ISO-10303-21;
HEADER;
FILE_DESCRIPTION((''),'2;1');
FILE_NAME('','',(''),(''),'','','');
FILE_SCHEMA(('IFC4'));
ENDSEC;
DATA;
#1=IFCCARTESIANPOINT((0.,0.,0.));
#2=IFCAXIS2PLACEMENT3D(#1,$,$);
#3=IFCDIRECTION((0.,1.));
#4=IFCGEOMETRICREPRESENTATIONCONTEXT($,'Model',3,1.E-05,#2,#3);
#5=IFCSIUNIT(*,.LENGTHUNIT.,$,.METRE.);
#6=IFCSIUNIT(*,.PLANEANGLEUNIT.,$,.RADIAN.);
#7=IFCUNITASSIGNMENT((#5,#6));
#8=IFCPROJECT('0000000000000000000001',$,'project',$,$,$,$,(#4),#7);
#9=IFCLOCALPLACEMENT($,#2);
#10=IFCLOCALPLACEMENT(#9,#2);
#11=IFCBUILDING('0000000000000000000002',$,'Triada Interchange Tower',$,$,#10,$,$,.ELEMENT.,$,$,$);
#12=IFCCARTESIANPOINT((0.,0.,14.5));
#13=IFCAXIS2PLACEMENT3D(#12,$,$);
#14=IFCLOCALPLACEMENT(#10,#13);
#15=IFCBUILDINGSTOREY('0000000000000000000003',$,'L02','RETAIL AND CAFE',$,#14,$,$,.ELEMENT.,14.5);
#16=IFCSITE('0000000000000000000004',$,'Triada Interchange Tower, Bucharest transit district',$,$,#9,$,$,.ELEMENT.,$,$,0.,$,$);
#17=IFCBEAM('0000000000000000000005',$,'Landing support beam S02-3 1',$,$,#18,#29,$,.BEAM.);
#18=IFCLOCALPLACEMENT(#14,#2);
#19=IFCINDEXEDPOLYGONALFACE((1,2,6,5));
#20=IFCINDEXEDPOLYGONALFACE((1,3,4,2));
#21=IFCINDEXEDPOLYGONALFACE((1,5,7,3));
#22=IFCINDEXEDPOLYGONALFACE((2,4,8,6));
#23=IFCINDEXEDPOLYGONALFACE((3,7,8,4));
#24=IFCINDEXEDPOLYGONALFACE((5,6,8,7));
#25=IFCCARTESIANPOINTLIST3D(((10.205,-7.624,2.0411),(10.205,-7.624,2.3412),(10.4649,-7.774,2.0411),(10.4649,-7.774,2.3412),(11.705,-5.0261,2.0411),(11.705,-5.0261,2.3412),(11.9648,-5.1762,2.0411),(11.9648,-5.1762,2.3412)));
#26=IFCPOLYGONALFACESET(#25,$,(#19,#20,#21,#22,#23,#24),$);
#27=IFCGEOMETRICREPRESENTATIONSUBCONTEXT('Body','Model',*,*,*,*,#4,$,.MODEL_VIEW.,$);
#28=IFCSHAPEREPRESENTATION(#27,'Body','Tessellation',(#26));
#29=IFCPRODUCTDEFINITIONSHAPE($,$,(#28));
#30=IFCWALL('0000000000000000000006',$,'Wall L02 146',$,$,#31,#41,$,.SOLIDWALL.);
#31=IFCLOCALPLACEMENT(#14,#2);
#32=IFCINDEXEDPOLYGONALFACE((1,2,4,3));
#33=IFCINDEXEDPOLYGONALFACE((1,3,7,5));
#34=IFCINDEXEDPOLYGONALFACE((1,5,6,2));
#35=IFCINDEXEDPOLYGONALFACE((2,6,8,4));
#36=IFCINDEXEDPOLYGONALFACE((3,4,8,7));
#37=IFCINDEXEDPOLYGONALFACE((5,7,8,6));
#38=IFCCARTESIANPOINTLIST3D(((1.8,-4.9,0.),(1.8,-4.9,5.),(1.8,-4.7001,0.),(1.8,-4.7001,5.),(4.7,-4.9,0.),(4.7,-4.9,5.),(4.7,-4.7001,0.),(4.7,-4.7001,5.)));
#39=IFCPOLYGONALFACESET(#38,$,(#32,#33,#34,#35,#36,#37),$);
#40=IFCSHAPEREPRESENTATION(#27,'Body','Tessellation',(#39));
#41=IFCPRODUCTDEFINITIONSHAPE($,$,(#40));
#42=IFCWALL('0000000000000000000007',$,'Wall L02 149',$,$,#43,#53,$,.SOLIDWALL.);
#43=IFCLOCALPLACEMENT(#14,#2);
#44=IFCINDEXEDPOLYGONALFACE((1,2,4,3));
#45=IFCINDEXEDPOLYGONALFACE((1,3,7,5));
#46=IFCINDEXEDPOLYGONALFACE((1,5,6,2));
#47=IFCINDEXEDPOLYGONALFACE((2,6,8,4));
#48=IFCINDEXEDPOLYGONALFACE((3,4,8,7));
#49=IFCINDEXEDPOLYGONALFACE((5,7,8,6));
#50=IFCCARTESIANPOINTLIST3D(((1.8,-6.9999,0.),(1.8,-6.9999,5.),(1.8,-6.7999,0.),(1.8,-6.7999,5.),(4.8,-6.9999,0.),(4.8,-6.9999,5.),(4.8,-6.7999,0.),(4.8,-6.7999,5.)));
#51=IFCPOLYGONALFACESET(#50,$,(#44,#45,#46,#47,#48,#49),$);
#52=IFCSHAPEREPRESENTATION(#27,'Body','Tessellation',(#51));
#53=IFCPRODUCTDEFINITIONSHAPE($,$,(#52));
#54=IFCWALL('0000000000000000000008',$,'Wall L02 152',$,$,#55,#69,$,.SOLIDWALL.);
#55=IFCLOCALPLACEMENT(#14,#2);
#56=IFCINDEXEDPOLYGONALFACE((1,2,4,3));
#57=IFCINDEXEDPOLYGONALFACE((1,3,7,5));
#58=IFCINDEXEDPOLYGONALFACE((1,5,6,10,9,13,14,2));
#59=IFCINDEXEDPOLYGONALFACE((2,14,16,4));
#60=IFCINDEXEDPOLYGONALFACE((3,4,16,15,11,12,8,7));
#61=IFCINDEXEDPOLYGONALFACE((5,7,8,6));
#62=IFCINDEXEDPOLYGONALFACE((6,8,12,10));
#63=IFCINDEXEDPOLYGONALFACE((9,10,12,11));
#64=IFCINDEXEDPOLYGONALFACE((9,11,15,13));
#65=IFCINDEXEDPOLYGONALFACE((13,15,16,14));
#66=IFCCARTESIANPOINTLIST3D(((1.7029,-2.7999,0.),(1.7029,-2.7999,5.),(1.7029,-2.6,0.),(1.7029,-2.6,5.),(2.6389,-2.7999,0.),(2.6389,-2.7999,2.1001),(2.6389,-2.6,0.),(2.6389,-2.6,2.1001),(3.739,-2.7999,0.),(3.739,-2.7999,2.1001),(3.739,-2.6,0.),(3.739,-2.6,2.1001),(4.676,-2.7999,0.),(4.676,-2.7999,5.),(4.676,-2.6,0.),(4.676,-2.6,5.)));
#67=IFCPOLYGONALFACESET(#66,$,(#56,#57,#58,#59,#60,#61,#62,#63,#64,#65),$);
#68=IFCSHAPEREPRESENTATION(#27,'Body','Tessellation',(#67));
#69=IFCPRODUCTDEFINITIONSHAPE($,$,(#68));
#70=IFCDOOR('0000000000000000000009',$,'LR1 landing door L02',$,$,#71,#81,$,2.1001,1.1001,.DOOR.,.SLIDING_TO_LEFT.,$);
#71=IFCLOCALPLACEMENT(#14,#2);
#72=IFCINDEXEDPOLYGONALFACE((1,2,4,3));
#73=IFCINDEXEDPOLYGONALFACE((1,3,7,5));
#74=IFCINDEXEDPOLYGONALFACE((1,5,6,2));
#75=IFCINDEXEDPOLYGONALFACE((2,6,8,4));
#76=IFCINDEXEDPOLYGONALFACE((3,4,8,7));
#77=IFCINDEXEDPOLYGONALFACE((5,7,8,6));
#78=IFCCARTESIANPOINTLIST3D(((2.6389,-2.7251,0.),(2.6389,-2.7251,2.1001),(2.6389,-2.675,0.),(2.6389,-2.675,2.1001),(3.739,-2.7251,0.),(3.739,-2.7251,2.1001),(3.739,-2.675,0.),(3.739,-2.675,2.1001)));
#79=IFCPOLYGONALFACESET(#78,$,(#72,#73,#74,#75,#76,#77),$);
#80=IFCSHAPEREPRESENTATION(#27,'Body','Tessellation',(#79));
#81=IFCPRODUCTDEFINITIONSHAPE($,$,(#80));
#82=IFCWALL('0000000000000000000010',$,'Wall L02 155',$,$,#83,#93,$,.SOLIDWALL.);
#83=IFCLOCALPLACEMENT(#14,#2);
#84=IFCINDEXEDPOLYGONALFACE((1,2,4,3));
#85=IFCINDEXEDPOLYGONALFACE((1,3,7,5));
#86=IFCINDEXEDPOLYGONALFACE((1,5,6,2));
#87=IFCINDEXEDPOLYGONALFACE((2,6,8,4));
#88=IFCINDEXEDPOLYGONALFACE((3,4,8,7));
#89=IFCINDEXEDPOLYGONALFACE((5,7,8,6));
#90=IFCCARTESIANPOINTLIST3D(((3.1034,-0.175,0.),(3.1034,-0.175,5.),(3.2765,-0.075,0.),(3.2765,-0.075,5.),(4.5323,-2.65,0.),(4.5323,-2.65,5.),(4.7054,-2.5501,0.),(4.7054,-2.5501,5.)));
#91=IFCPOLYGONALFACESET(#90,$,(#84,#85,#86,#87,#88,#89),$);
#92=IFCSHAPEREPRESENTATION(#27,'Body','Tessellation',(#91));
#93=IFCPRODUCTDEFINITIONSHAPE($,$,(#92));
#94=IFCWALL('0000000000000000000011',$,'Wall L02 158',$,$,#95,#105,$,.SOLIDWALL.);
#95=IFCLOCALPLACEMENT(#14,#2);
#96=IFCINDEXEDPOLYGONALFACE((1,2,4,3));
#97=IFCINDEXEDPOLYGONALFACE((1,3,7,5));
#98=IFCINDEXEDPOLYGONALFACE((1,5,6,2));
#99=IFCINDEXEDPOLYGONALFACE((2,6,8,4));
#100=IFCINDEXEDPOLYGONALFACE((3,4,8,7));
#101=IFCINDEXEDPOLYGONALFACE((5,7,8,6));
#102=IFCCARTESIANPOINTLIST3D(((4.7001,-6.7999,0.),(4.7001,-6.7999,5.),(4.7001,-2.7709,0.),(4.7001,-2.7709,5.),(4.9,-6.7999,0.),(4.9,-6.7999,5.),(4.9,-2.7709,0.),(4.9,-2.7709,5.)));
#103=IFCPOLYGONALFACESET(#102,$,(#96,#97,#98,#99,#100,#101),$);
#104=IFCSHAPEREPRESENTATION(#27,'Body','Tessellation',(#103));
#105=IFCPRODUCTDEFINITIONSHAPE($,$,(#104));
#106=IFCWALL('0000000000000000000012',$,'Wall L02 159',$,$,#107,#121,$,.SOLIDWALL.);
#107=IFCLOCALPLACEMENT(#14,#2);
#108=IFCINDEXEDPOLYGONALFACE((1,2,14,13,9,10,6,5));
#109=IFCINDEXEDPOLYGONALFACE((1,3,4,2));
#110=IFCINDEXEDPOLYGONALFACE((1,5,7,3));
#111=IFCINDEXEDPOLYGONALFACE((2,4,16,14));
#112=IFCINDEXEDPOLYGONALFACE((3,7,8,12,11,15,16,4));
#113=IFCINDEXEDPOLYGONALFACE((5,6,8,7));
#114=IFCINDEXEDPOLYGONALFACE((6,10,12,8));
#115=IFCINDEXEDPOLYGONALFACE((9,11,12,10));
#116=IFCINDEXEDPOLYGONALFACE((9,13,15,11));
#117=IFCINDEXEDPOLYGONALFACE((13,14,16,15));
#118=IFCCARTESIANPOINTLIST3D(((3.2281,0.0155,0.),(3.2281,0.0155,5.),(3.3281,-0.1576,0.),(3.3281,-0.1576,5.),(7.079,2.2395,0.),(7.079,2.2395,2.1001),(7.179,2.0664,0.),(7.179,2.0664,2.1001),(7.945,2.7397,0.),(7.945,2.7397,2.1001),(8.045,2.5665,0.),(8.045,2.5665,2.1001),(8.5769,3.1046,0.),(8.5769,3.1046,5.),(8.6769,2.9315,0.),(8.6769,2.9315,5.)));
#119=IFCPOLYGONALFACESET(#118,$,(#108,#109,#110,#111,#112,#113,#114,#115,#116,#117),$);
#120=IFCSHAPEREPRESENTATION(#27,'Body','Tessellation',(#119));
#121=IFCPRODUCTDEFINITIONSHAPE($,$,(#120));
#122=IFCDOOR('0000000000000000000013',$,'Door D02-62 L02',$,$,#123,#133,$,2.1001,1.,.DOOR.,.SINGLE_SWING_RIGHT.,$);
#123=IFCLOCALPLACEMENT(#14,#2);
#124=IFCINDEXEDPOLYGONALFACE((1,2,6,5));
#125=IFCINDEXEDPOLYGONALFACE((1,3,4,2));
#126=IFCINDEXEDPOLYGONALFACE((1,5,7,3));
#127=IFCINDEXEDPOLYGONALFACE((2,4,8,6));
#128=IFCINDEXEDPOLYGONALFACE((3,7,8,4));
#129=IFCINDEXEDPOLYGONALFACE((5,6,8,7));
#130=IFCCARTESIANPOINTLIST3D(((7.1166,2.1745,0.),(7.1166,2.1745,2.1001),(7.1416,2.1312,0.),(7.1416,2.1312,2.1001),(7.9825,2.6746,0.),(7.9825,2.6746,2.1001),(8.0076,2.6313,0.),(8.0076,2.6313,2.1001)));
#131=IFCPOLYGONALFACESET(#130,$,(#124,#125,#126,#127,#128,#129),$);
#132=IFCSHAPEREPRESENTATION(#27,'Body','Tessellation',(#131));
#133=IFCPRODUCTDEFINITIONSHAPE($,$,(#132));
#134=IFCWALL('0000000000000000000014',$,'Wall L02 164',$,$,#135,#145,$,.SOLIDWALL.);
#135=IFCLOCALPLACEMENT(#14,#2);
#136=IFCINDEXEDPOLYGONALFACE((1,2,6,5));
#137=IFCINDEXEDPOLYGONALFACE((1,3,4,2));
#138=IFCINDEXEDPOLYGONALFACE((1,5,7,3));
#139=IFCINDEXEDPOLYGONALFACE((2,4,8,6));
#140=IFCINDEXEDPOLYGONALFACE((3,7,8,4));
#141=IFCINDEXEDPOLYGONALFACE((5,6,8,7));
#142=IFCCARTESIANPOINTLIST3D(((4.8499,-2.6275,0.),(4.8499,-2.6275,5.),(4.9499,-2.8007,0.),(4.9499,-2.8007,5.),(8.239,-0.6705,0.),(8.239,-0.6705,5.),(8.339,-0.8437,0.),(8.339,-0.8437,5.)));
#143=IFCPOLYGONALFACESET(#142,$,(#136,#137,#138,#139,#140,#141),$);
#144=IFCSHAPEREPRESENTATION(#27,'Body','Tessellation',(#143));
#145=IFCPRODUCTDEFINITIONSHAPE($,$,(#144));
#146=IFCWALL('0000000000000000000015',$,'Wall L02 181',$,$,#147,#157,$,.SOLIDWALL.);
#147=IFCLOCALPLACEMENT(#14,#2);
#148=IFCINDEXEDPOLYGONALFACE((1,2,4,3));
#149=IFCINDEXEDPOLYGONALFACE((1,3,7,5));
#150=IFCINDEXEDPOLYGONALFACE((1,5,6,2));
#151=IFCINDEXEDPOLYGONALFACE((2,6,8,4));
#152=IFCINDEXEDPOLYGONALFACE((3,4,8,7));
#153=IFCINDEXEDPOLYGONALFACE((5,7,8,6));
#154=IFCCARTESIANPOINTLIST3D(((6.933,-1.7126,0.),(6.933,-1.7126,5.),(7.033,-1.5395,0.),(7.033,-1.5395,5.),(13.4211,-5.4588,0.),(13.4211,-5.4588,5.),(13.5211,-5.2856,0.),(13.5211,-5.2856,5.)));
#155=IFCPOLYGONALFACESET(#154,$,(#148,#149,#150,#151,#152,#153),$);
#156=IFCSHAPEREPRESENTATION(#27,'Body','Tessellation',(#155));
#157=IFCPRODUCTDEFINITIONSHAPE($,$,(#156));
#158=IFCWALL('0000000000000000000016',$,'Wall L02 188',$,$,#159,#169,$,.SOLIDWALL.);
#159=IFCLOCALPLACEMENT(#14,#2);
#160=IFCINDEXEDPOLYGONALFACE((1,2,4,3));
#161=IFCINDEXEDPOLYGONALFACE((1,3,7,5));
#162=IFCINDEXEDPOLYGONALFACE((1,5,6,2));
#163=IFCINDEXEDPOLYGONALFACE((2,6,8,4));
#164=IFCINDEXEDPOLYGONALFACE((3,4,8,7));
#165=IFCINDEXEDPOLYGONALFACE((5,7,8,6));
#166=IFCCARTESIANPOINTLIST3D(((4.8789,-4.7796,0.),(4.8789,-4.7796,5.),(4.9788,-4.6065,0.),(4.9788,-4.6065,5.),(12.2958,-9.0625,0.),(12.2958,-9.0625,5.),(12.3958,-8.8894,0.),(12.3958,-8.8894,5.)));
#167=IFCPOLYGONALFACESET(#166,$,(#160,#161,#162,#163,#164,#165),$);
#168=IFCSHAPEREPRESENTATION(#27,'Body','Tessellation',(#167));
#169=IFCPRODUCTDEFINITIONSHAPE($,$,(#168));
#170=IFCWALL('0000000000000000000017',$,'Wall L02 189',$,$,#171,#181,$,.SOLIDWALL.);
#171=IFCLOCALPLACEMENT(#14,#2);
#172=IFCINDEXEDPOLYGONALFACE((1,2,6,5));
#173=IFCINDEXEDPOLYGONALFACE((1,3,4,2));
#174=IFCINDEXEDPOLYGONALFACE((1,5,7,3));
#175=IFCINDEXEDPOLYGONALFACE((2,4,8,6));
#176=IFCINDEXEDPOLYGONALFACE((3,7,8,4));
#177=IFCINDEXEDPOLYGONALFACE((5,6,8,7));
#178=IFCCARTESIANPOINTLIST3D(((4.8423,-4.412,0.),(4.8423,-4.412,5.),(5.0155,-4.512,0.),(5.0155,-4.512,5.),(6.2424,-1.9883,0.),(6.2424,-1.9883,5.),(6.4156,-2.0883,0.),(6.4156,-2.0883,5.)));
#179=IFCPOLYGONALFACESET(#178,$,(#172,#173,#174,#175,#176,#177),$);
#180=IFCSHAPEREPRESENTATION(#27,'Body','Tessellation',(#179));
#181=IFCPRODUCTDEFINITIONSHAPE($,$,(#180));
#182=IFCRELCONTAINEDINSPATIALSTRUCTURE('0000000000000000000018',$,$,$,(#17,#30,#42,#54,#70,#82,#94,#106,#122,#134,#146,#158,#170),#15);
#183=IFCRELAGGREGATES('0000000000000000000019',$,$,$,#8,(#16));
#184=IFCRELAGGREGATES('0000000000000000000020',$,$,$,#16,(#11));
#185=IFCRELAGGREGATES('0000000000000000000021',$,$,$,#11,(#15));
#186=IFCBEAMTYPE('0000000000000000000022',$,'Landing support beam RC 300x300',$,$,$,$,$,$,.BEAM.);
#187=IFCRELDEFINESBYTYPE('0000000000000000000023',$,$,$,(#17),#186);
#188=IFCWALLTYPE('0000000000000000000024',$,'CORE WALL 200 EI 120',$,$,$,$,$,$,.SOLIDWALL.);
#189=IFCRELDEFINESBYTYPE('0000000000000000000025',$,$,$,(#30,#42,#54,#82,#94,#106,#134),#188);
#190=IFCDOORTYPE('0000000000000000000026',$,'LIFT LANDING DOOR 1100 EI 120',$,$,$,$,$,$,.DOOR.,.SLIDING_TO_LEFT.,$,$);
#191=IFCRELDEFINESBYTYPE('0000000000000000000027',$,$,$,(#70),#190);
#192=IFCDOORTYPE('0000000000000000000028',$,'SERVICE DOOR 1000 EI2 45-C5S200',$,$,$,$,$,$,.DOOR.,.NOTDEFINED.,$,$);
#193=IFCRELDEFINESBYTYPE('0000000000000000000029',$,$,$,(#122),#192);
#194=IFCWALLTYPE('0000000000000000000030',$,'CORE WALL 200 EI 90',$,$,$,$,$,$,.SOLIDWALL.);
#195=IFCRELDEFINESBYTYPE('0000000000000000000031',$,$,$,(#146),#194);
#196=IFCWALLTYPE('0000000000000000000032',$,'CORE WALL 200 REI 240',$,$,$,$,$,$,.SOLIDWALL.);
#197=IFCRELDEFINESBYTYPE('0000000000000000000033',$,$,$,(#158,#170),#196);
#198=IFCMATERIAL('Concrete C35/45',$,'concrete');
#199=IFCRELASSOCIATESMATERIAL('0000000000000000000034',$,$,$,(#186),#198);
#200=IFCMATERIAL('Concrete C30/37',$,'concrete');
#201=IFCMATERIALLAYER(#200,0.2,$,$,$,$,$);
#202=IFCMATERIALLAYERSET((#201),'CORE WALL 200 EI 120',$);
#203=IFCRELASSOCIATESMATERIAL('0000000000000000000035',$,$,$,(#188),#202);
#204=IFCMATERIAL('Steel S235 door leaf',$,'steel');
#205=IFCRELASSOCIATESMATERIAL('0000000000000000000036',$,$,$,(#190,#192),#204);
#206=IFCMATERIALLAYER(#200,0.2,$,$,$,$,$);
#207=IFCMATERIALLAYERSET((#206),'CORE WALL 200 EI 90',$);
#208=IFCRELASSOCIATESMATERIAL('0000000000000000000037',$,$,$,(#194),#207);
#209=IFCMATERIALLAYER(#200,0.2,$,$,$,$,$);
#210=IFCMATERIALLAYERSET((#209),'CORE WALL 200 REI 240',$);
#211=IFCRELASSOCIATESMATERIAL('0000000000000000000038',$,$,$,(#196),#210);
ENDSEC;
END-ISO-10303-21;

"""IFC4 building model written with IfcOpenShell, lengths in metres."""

from ifc_helpers import new_model, si_unit, direction, frame, frame_2d, origin, origin_2d, place, context, subcontext, project, spatial, rectangle, extrude, material, layer, layer_set, material_profile, profile_set, type_object, element, fill, save


model = new_model("IFC4")

# Units and contexts
model_context = context("Model", 3, precision=1e-05, world=origin(), true_north=direction((0.0, 1.0)))
body_context = subcontext(model_context, "Body", "Model", "MODEL_VIEW")
ifc_project = project(units=[si_unit("LENGTHUNIT", "METRE"), si_unit("PLANEANGLEUNIT", "RADIAN")], contexts=[model_context])

# Site, building, storey
site_placement = place(None, origin())
site = spatial("IfcSite", under=ifc_project, at=site_placement, Name="Triada Interchange Tower, Bucharest transit district", CompositionType="ELEMENT", RefElevation=0.0)
building_placement = place(site_placement, origin())
building = spatial("IfcBuilding", under=site, at=building_placement, Name="Triada Interchange Tower", CompositionType="ELEMENT")
storey_placement = place(building_placement, frame((0.0, 0.0, 14.5)))
storey = spatial("IfcBuildingStorey", under=building, at=storey_placement, Name="L02", Description="RETAIL AND CAFE", CompositionType="ELEMENT", Elevation=14.5)

# Beam
ifc_material_1 = material(Name="Concrete C35/45", Category="concrete")
ifc_material_profile = material_profile(ifc_material_1, rectangle(XDim=0.3, YDim=0.3, at=origin_2d()), Name="RC 300x300")
ifc_profile_set = profile_set([ifc_material_profile], Name="Concrete C35/45")
beam_type = type_object("IfcBeamType", Name="Landing support beam RC 300x300", PredefinedType="BEAM", material=ifc_profile_set)
beam_placement = place(storey_placement, frame((10.335, -7.699, 2.1912), z_axis=(0.500025, 0.866011, 0.0), x_axis=(-0.866011, 0.500025, 0.0)))
element("IfcBeam", 1, at=beam_placement, inside=storey, type_object=beam_type, Name="Landing support beam S02-3 1", PredefinedType="BEAM", context=body_context, shape_type="SweptSolid", body=[
    extrude(rectangle(XDim=0.3, YDim=0.3, at=origin_2d()), origin(), (0.0, 0.0, 1.0), 2.9998),
])

# Walls
ifc_material_2 = material(Name="Concrete C30/37", Category="concrete")
ifc_layer_1 = layer(ifc_material_2, 0.2)
ifc_layer_set_1 = layer_set([ifc_layer_1], Name="CORE WALL 200 EI 120")
wall_type_1 = type_object("IfcWallType", Name="CORE WALL 200 EI 120", PredefinedType="SOLIDWALL", material=ifc_layer_set_1)
wall_1_placement = place(storey_placement, frame((1.8, -4.8, 0.0), z_axis=(0.0, 0.0, 1.0), x_axis=(1.0, 0.0, 0.0)))
element("IfcWall", 2, at=wall_1_placement, inside=storey, type_object=wall_type_1, Name="Wall L02 146", PredefinedType="SOLIDWALL", context=body_context, shape_type="SweptSolid", body=[
    extrude(rectangle(XDim=2.8999, YDim=0.2, at=frame_2d((1.45, 0.0))), origin(), (0.0, 0.0, 1.0), 5.0),
])
wall_2_placement = place(storey_placement, frame((1.8, -6.8999, 0.0), z_axis=(0.0, 0.0, 1.0), x_axis=(1.0, 0.0, 0.0)))
element("IfcWall", 3, at=wall_2_placement, inside=storey, type_object=wall_type_1, Name="Wall L02 149", PredefinedType="SOLIDWALL", context=body_context, shape_type="SweptSolid", body=[
    extrude(rectangle(XDim=3.0, YDim=0.2, at=frame_2d((1.5, 0.0))), origin(), (0.0, 0.0, 1.0), 5.0),
])

# Wall, opening, door
wall_3_placement = place(storey_placement, frame((1.7029, -2.7, 0.0), z_axis=(0.0, 0.0, 1.0), x_axis=(1.0, 0.0, 0.0)))
wall_3 = element("IfcWall", 4, at=wall_3_placement, inside=storey, type_object=wall_type_1, Name="Wall L02 152", PredefinedType="SOLIDWALL", context=body_context, shape_type="SweptSolid", body=[
    extrude(rectangle(XDim=2.9731, YDim=0.2, at=frame_2d((1.4866, 0.0))), origin(), (0.0, 0.0, 1.0), 5.0),
])
opening_1_placement = place(wall_3_placement, frame((0.936, 0.0, 0.0)))
opening_1 = element("IfcOpeningElement", 5, at=opening_1_placement, cuts=wall_3, PredefinedType="OPENING", context=body_context, shape_type="SweptSolid", body=[
    extrude(rectangle(XDim=1.1001, YDim=2.1001, at=frame_2d((0.55, 1.05))), frame((0.0, 0.1099, 0.0), z_axis=(0.0, -1.0, 0.0), x_axis=(1.0, 0.0, 0.0)), (0.0, 0.0, 1.0), 0.22),
])
ifc_material_3 = material(Name="Steel S235 door leaf", Category="steel")
door_type_1 = type_object("IfcDoorType", Name="LIFT LANDING DOOR 1100 EI 120", OperationType="SLIDING_TO_LEFT", PredefinedType="DOOR", material=ifc_material_3)
door_1_placement = place(opening_1_placement, origin())
door_1 = element("IfcDoor", 6, at=door_1_placement, inside=storey, type_object=door_type_1, Name="LR1 landing door L02", OperationType="SLIDING_TO_LEFT", OverallHeight=2.1001, OverallWidth=1.1001, PredefinedType="DOOR", context=body_context, shape_type="SweptSolid", body=[
    extrude(rectangle(XDim=1.1001, YDim=2.1001, at=frame_2d((0.55, 1.05))), frame((0.0, 0.0249, 0.0), z_axis=(0.0, -1.0, 0.0), x_axis=(1.0, 0.0, 0.0)), (0.0, 0.0, 1.0), 0.05),
])
fill(opening_1, door_1)

# Walls
wall_4_placement = place(storey_placement, frame((3.1899, -0.125, 0.0), z_axis=(0.0, 0.0, 1.0), x_axis=(0.499989, -0.866032, 0.0)))
element("IfcWall", 7, at=wall_4_placement, inside=storey, type_object=wall_type_1, Name="Wall L02 155", PredefinedType="SOLIDWALL", context=body_context, shape_type="SweptSolid", body=[
    extrude(rectangle(XDim=2.8579, YDim=0.2, at=frame_2d((1.429, 0.0))), origin(), (0.0, 0.0, 1.0), 5.0),
])
wall_5_placement = place(storey_placement, frame((4.8, -6.8, 0.0), z_axis=(0.0, 0.0, 1.0), x_axis=(0.0, 1.0, 0.0)))
element("IfcWall", 8, at=wall_5_placement, inside=storey, type_object=wall_type_1, Name="Wall L02 158", PredefinedType="SOLIDWALL", context=body_context, shape_type="SweptSolid", body=[
    extrude(rectangle(XDim=4.0291, YDim=0.2, at=frame_2d((2.0146, 0.0))), origin(), (0.0, 0.0, 1.0), 5.0),
])

# Wall, opening, door
wall_6_placement = place(storey_placement, frame((3.2781, -0.071, 0.0), z_axis=(0.0, 0.0, 1.0), x_axis=(0.86596, 0.500114, 0.0)))
wall_6 = element("IfcWall", 9, at=wall_6_placement, inside=storey, type_object=wall_type_1, Name="Wall L02 159", PredefinedType="SOLIDWALL", context=body_context, shape_type="SweptSolid", body=[
    extrude(rectangle(XDim=6.1768, YDim=0.2, at=frame_2d((3.0884, 0.0))), origin(), (0.0, 0.0, 1.0), 5.0),
])
opening_2_placement = place(wall_6_placement, frame((4.447, 0.0, 0.0)))
opening_2 = element("IfcOpeningElement", 10, at=opening_2_placement, cuts=wall_6, PredefinedType="OPENING", context=body_context, shape_type="SweptSolid", body=[
    extrude(rectangle(XDim=1.0, YDim=2.1001, at=frame_2d((0.5, 1.05))), frame((0.0, 0.1099, 0.0), z_axis=(0.0, -1.0, 0.0), x_axis=(1.0, 0.0, 0.0)), (0.0, 0.0, 1.0), 0.22),
])
door_type_2 = type_object("IfcDoorType", Name="SERVICE DOOR 1000 EI2 45-C5S200", OperationType="NOTDEFINED", PredefinedType="DOOR", material=ifc_material_3)
door_2_placement = place(opening_2_placement, origin())
door_2 = element("IfcDoor", 11, at=door_2_placement, inside=storey, type_object=door_type_2, Name="Door D02-62 L02", OperationType="SINGLE_SWING_RIGHT", OverallHeight=2.1001, OverallWidth=1.0, PredefinedType="DOOR", context=body_context, shape_type="SweptSolid", body=[
    extrude(rectangle(XDim=1.0, YDim=2.1001, at=frame_2d((0.5, 1.05))), frame((0.0, 0.0249, 0.0), z_axis=(0.0, -1.0, 0.0), x_axis=(1.0, 0.0, 0.0)), (0.0, 0.0, 1.0), 0.05),
])
fill(opening_2, door_2)

# Walls
wall_7_placement = place(storey_placement, frame((4.8999, -2.7141, 0.0), z_axis=(0.0, 0.0, 1.0), x_axis=(0.865992, 0.500057, 0.0)))
element("IfcWall", 12, at=wall_7_placement, inside=storey, type_object=wall_type_1, Name="Wall L02 164", PredefinedType="SOLIDWALL", context=body_context, shape_type="SweptSolid", body=[
    extrude(rectangle(XDim=3.9136, YDim=0.2, at=frame_2d((1.9568, 0.0))), origin(), (0.0, 0.0, 1.0), 5.0),
])
ifc_layer_2 = layer(ifc_material_2, 0.2)
ifc_layer_set_2 = layer_set([ifc_layer_2], Name="CORE WALL 200 EI 90")
wall_type_2 = type_object("IfcWallType", Name="CORE WALL 200 EI 90", PredefinedType="SOLIDWALL", material=ifc_layer_set_2)
wall_8_placement = place(storey_placement, frame((6.9829, -1.626, 0.0), z_axis=(0.0, 0.0, 1.0), x_axis=(0.866012, -0.500022, 0.0)))
element("IfcWall", 13, at=wall_8_placement, inside=storey, type_object=wall_type_2, Name="Wall L02 181", PredefinedType="SOLIDWALL", context=body_context, shape_type="SweptSolid", body=[
    extrude(rectangle(XDim=7.4919, YDim=0.2, at=frame_2d((3.7461, 0.0))), origin(), (0.0, 0.0, 1.0), 5.0),
])
ifc_layer_3 = layer(ifc_material_2, 0.2)
ifc_layer_set_3 = layer_set([ifc_layer_3], Name="CORE WALL 200 REI 240")
wall_type_3 = type_object("IfcWallType", Name="CORE WALL 200 REI 240", PredefinedType="SOLIDWALL", material=ifc_layer_set_3)
wall_9_placement = place(storey_placement, frame((4.929, -4.6931, 0.0), z_axis=(0.0, 0.0, 1.0), x_axis=(0.865987, -0.500066, 0.0)))
element("IfcWall", 14, at=wall_9_placement, inside=storey, type_object=wall_type_3, Name="Wall L02 188", PredefinedType="SOLIDWALL", context=body_context, shape_type="SweptSolid", body=[
    extrude(rectangle(XDim=8.5647, YDim=0.2, at=frame_2d((4.2822, 0.0))), origin(), (0.0, 0.0, 1.0), 5.0),
])
wall_10_placement = place(storey_placement, frame((4.929, -4.4619, 0.0), z_axis=(0.0, 0.0, 1.0), x_axis=(0.500201, 0.86591, 0.0)))
element("IfcWall", 15, at=wall_10_placement, inside=storey, type_object=wall_type_3, Name="Wall L02 189", PredefinedType="SOLIDWALL", context=body_context, shape_type="SweptSolid", body=[
    extrude(rectangle(XDim=2.7991, YDim=0.2, at=frame_2d((1.3994, 0.0))), origin(), (0.0, 0.0, 1.0), 5.0),
])

save(model, "model.ifc")
